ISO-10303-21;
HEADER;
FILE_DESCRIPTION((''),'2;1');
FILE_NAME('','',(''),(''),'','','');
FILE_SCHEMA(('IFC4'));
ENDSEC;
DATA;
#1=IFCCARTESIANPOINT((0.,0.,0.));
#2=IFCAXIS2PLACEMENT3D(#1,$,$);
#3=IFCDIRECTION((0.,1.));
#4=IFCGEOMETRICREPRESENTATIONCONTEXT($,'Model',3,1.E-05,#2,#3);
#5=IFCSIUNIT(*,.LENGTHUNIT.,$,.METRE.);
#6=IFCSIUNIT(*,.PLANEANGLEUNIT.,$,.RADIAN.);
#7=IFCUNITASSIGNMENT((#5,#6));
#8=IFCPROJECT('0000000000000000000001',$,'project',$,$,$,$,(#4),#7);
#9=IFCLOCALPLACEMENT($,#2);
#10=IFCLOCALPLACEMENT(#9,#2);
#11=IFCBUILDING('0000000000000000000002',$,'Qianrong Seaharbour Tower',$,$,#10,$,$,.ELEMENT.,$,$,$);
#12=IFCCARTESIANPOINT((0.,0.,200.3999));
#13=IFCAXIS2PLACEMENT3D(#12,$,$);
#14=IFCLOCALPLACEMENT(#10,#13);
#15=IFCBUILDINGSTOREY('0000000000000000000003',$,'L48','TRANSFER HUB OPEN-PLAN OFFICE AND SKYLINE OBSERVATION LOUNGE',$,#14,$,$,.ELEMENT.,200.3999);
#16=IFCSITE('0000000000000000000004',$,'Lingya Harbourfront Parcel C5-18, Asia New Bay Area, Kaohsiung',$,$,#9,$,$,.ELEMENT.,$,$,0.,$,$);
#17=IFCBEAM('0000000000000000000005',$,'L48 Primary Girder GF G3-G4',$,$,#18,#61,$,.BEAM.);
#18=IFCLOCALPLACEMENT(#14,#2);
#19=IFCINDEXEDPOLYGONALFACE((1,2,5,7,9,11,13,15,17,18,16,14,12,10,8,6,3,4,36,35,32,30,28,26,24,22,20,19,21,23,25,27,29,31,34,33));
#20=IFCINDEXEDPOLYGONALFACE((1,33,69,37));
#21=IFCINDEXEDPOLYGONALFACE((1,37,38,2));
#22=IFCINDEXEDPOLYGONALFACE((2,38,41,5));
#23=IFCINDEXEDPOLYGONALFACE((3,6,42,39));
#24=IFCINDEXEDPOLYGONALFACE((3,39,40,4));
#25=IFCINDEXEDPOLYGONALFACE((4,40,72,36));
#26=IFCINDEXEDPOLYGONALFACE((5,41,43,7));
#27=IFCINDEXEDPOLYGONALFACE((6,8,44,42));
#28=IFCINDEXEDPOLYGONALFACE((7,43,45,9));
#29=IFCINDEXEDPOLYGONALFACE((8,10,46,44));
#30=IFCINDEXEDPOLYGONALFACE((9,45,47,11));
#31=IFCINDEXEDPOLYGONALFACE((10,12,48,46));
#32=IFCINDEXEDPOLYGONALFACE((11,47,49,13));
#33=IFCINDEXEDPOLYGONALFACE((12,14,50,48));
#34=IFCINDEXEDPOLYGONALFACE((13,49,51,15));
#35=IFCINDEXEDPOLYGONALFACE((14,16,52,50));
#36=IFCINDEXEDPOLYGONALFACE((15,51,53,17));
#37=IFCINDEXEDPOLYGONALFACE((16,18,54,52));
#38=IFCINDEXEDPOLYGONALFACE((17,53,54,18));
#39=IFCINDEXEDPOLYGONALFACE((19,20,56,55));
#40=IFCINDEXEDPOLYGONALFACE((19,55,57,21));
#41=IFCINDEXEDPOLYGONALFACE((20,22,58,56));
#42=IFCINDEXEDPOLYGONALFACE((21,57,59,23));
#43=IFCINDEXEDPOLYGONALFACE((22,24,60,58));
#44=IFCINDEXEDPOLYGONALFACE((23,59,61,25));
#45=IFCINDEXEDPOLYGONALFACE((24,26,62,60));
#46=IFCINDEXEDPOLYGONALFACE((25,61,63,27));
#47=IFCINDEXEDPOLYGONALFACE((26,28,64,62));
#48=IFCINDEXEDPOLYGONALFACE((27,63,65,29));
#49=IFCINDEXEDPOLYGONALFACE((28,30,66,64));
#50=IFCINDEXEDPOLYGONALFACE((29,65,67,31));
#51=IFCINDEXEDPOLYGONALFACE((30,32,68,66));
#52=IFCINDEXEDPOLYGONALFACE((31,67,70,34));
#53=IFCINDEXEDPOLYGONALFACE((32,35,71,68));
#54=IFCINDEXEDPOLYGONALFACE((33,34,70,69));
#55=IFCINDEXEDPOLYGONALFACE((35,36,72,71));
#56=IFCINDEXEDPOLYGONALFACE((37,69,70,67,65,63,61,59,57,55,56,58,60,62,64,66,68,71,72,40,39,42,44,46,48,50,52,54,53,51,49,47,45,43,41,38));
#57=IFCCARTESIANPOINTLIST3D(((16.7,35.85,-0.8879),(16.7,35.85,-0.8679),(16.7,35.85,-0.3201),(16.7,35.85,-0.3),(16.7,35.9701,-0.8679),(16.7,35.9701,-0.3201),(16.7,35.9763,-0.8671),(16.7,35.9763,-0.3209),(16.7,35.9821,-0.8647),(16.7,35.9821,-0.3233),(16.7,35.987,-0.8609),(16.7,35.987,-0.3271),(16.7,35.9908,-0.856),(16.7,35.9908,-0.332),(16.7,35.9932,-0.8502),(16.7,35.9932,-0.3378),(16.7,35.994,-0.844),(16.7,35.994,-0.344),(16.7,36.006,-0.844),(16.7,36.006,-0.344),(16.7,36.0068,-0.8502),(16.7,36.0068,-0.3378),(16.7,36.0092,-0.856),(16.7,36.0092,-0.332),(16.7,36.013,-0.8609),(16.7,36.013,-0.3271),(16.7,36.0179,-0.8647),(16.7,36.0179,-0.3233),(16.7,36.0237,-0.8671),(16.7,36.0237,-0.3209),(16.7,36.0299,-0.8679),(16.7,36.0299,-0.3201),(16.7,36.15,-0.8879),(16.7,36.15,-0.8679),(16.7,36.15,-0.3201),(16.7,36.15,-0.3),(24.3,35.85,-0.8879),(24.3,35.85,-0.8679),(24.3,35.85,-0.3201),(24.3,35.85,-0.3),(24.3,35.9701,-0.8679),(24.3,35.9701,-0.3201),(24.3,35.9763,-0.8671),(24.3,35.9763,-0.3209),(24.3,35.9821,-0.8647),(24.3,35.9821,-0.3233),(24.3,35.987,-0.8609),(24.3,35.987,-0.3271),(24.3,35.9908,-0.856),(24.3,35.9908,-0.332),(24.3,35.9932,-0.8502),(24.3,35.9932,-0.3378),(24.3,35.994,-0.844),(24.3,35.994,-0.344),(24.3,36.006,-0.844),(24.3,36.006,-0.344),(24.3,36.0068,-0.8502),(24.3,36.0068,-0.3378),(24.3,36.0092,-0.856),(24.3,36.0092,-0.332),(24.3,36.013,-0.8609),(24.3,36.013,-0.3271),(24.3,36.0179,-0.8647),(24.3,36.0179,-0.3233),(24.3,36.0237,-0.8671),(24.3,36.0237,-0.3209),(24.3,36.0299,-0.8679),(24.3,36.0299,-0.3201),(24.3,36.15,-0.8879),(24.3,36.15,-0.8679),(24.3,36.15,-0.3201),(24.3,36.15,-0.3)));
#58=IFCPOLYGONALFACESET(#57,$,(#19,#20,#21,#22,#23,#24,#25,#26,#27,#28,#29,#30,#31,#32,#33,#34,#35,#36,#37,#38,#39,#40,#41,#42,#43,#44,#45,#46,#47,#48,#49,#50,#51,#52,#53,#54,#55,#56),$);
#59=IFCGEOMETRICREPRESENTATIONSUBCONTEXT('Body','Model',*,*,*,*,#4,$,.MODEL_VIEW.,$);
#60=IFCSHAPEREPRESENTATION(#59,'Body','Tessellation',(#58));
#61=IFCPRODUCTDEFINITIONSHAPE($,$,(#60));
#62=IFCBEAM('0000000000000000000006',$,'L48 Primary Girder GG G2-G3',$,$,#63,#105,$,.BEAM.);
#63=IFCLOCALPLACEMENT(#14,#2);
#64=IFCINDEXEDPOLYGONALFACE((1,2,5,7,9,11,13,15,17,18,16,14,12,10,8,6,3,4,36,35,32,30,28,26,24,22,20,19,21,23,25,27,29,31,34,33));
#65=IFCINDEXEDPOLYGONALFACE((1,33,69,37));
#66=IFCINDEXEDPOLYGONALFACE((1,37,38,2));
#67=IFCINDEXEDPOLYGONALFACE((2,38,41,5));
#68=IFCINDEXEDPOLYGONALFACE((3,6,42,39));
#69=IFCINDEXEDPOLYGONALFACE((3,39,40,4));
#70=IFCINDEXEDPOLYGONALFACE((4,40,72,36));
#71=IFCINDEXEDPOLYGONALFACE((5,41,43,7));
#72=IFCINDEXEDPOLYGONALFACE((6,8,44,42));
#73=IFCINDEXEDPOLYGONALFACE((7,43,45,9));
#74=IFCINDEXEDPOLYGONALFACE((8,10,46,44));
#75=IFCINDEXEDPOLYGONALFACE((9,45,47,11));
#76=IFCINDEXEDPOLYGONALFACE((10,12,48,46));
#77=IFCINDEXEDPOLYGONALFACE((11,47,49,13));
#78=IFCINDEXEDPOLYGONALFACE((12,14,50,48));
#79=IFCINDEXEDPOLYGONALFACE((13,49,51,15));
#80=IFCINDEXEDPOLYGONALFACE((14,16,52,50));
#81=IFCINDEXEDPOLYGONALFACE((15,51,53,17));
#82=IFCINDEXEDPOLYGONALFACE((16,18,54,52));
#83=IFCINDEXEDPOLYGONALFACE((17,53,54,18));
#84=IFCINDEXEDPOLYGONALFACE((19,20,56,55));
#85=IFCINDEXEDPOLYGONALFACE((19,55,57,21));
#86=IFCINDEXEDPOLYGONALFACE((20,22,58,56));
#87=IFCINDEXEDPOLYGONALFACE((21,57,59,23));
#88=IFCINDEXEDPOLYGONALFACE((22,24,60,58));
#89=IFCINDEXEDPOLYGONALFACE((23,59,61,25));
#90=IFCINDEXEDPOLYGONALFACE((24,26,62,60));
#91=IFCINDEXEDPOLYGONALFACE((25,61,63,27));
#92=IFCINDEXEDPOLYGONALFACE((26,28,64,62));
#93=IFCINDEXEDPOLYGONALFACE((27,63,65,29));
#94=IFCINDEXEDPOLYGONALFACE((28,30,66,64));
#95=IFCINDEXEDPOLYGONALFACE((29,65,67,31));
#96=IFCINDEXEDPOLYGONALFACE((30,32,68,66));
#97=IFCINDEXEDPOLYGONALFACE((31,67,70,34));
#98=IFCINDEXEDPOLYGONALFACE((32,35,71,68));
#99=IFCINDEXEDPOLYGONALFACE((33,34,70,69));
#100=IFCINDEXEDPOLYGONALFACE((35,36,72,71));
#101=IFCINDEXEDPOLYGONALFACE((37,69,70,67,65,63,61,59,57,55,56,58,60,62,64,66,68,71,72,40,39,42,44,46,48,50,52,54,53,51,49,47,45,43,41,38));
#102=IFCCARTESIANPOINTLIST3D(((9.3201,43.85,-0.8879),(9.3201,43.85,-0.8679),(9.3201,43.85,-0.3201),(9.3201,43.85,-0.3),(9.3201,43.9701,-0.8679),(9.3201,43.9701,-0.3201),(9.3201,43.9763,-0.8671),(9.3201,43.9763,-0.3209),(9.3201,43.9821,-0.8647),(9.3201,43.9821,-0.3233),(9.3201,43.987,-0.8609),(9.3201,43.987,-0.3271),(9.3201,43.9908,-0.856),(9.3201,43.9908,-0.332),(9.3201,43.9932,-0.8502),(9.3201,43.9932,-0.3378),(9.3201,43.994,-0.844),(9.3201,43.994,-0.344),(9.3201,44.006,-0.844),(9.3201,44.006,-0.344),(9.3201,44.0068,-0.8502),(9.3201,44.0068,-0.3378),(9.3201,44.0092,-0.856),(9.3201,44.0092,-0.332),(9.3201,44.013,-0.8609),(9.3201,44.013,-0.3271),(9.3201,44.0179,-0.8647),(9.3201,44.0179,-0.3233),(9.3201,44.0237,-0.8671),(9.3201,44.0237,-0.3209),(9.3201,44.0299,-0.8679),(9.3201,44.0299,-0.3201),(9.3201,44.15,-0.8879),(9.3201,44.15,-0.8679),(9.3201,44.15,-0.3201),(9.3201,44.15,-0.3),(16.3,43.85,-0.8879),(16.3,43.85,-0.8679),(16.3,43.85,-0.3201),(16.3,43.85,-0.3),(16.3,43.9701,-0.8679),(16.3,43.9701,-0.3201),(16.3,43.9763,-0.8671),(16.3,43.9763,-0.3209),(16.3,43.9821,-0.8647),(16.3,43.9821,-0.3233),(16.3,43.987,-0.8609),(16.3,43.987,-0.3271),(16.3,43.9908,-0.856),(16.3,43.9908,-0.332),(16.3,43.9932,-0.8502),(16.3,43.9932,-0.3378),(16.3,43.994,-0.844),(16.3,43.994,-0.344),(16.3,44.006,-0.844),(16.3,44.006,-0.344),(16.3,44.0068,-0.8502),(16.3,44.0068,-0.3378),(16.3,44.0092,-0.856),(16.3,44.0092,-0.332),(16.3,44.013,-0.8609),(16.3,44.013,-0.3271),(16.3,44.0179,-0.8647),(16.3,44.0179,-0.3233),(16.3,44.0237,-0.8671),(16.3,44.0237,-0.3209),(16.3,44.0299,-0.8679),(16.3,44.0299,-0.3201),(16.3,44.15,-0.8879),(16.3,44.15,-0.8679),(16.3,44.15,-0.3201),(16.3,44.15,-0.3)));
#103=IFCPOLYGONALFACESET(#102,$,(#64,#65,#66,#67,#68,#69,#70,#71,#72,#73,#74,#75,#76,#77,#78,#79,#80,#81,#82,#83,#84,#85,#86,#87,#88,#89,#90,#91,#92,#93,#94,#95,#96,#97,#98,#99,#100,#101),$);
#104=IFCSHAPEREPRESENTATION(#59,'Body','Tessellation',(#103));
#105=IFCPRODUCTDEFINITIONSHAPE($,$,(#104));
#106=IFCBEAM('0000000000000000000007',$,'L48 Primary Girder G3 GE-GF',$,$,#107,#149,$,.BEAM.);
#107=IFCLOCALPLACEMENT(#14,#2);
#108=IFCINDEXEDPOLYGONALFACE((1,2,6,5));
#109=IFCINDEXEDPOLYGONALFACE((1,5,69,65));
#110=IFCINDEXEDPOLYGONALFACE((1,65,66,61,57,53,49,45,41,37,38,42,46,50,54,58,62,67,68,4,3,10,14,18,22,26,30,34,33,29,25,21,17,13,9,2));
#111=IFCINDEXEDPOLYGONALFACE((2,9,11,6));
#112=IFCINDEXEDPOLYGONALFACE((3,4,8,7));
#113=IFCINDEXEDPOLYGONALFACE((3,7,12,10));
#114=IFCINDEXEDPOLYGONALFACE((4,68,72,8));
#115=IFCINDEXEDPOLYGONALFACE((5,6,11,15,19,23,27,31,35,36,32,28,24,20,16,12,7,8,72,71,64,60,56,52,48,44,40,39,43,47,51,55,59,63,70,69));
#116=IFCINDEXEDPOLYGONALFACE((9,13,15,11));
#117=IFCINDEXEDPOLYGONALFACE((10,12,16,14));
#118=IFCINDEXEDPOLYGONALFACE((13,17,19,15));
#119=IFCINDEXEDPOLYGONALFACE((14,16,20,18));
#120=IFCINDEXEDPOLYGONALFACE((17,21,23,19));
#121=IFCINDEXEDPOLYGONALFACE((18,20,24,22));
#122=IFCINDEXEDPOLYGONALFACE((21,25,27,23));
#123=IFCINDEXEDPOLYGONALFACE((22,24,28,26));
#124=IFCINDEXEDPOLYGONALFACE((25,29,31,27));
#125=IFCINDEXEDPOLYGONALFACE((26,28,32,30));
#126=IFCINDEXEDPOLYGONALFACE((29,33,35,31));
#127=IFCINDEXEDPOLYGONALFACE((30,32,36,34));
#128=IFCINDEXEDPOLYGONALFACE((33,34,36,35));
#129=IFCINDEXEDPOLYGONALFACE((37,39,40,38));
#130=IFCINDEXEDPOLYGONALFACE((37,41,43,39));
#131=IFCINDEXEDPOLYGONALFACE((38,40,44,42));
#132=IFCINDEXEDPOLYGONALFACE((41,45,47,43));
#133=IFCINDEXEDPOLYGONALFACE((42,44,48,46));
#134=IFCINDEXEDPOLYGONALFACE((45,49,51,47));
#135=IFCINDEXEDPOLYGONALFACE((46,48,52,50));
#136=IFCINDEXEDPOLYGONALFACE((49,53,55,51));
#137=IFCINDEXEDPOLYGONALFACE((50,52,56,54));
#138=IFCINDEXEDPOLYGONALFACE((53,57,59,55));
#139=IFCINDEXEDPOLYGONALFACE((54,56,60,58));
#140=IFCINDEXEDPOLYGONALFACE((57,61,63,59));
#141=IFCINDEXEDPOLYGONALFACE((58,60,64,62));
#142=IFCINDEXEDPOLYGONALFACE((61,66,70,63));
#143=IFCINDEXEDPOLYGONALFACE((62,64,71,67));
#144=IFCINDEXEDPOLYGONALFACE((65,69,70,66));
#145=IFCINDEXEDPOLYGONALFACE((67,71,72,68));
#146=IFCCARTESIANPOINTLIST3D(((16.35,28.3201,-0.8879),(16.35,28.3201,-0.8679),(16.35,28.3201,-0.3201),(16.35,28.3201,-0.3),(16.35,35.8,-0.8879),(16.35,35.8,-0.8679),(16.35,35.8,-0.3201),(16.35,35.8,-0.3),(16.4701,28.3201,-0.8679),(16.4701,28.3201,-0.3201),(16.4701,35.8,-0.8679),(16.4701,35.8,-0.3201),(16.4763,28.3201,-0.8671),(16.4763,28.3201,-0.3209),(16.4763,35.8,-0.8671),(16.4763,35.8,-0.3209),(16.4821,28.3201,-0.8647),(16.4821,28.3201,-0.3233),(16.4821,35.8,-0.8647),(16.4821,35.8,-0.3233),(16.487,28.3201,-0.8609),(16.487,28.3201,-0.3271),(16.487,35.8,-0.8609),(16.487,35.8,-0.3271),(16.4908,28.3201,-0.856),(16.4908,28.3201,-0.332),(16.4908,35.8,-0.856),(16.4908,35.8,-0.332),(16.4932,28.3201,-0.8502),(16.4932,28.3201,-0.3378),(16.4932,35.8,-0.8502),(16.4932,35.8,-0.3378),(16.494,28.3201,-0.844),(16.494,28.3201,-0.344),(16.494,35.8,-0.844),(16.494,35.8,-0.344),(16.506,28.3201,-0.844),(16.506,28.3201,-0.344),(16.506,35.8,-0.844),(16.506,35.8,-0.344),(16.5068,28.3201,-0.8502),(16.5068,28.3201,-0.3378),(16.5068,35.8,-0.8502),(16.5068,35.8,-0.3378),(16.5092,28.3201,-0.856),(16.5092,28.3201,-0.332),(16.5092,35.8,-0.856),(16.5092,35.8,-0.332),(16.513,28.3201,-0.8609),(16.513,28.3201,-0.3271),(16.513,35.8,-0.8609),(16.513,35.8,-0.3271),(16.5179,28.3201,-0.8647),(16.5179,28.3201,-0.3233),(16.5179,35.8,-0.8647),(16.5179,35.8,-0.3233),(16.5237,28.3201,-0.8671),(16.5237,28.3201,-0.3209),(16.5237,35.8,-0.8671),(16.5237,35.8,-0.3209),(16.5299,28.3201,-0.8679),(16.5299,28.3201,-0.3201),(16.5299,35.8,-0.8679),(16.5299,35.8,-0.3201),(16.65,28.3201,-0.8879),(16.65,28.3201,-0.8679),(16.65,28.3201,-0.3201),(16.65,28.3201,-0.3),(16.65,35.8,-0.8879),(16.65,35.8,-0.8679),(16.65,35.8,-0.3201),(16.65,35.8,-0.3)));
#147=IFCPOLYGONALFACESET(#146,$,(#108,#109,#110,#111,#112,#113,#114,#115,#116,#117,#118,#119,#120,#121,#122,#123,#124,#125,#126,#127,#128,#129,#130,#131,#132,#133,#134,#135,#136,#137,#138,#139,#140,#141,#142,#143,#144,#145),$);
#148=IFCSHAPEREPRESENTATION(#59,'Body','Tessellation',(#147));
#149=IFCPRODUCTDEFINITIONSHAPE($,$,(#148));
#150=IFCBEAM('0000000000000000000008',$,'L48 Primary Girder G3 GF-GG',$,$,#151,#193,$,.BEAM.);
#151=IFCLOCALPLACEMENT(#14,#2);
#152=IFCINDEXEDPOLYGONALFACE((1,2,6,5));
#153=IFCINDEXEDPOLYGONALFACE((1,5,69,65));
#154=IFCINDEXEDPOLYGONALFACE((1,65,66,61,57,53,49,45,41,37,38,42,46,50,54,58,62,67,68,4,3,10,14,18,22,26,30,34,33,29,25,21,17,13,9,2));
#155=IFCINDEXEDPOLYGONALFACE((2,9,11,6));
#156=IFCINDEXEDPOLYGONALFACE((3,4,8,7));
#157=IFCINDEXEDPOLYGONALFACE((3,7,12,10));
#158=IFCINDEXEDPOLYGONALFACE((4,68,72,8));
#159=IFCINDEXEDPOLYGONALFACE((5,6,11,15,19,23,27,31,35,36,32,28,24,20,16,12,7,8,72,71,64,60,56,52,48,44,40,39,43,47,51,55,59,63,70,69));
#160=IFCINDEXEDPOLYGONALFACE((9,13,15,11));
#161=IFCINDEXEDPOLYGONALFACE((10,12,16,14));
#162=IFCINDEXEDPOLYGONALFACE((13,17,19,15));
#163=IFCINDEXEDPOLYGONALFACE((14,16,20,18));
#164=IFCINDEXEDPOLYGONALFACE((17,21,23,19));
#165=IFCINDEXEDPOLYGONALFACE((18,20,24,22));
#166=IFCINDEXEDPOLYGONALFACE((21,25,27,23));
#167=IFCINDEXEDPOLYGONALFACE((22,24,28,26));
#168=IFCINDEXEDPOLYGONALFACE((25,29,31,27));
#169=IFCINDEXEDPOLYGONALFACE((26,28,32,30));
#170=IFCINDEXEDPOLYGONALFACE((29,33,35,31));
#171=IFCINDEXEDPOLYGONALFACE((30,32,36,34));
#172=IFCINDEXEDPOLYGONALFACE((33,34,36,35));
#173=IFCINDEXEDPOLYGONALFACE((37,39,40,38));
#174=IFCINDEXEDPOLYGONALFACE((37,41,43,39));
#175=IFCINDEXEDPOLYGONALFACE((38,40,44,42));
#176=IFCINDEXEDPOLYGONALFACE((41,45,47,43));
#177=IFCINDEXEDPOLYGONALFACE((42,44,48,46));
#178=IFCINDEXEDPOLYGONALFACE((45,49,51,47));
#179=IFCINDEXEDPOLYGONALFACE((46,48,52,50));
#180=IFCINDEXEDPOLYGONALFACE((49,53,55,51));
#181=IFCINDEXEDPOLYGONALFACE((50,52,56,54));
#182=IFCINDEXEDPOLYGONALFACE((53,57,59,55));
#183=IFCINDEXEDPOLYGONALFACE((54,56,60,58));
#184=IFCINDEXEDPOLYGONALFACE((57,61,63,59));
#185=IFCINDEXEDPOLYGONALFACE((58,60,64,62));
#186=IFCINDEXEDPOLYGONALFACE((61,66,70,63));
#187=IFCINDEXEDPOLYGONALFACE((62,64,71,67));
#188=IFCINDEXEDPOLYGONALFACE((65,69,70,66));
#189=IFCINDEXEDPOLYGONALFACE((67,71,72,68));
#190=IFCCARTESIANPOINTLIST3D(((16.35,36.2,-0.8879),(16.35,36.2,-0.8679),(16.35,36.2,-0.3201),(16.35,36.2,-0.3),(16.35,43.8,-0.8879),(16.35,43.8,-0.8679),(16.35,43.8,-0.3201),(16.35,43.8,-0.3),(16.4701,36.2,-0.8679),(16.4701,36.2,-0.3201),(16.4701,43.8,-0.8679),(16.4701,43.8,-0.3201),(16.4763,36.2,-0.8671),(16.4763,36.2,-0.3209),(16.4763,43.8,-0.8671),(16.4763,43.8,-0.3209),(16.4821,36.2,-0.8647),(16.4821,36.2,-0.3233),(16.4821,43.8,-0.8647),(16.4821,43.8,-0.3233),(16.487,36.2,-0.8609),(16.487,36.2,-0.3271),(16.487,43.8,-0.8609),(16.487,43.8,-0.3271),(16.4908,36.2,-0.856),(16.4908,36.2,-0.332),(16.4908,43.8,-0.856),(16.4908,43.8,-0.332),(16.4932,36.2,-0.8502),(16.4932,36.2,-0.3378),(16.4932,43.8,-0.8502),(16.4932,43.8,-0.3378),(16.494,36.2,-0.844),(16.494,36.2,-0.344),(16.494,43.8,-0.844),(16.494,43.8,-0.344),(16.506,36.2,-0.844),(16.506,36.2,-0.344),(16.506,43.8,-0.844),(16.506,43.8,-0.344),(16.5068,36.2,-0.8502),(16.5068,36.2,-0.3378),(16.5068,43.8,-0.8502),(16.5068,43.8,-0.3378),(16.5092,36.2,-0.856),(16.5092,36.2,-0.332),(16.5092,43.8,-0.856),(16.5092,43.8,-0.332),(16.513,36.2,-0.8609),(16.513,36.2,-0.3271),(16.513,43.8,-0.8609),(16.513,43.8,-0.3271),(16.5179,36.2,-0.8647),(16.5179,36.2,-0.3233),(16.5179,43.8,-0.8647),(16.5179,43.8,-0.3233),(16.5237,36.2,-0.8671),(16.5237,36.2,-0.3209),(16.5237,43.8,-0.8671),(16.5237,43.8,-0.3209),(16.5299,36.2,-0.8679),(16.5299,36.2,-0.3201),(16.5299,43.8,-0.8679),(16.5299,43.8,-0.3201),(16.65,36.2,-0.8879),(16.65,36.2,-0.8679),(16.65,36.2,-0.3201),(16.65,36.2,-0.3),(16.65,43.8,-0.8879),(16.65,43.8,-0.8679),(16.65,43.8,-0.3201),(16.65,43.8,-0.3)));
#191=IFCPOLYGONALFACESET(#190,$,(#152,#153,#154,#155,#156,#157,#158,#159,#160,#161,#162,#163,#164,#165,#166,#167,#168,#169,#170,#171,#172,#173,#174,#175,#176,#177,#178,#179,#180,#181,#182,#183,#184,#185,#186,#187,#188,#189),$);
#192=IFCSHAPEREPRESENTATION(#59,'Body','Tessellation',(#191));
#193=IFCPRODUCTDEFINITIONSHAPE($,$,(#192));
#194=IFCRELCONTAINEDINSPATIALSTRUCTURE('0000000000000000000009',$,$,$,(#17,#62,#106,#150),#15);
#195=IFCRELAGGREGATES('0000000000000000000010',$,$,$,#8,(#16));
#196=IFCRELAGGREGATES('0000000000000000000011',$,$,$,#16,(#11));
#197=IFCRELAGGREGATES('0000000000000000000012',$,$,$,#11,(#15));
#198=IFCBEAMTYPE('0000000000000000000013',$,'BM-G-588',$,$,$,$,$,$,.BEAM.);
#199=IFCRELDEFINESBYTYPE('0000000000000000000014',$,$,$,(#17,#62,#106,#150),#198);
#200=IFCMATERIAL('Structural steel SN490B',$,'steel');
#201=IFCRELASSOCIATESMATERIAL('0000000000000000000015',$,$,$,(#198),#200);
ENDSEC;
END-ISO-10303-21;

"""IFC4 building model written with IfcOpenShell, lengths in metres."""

from ifc_helpers import new_model, si_unit, direction, frame, origin, origin_2d, place, context, subcontext, project, spatial, i_section, extrude, material, material_profile, profile_set, type_object, element, save


model = new_model("IFC4")

# Units and contexts
model_context = context("Model", 3, precision=1e-05, world=origin(), true_north=direction((0.0, 1.0)))
body_context = subcontext(model_context, "Body", "Model", "MODEL_VIEW")
ifc_project = project(units=[si_unit("LENGTHUNIT", "METRE"), si_unit("PLANEANGLEUNIT", "RADIAN")], contexts=[model_context])

# Site, building, storey
site_placement = place(None, origin())
site = spatial("IfcSite", under=ifc_project, at=site_placement, Name="Lingya Harbourfront Parcel C5-18, Asia New Bay Area, Kaohsiung", CompositionType="ELEMENT", RefElevation=0.0)
building_placement = place(site_placement, origin())
building = spatial("IfcBuilding", under=site, at=building_placement, Name="Qianrong Seaharbour Tower", CompositionType="ELEMENT")
storey_placement = place(building_placement, frame((0.0, 0.0, 200.3999)))
storey = spatial("IfcBuildingStorey", under=building, at=storey_placement, Name="L48", Description="TRANSFER HUB OPEN-PLAN OFFICE AND SKYLINE OBSERVATION LOUNGE", CompositionType="ELEMENT", Elevation=200.3999)

# Shared definitions
ifc_material_1 = material(Name="Structural steel SN490B", Category="steel")

# Beams
ifc_material_profile_1 = material_profile(ifc_material_1, i_section(OverallWidth=0.3, OverallDepth=0.5879, WebThickness=0.012, FlangeThickness=0.02, FilletRadius=0.0239, at=origin_2d()), Name="H588x300x12x20")
ifc_profile_set_1 = profile_set([ifc_material_profile_1], Name="Structural steel SN490B")
beam_type_1 = type_object("IfcBeamType", Name="BM-G-588", PredefinedType="BEAM", material=ifc_profile_set_1)
beam_1_placement = place(storey_placement, frame((16.7, 36.0, -0.594), z_axis=(1.0, 0.0, 0.0), x_axis=(0.0, 1.0, 0.0)))
element("IfcBeam", 1, at=beam_1_placement, inside=storey, type_object=beam_type_1, Name="L48 Primary Girder GF G3-G4", PredefinedType="BEAM", context=body_context, shape_type="SweptSolid", body=[
    extrude(i_section(OverallWidth=0.3, OverallDepth=0.5879, WebThickness=0.012, FlangeThickness=0.02, FilletRadius=0.0239, at=origin_2d()), origin(), (0.0, 0.0, 1.0), 7.6001),
])
beam_2_placement = place(storey_placement, frame((9.3201, 44.0, -0.594), z_axis=(1.0, 0.0, 0.0), x_axis=(0.0, 1.0, 0.0)))
element("IfcBeam", 2, at=beam_2_placement, inside=storey, type_object=beam_type_1, Name="L48 Primary Girder GG G2-G3", PredefinedType="BEAM", context=body_context, shape_type="SweptSolid", body=[
    extrude(i_section(OverallWidth=0.3, OverallDepth=0.5879, WebThickness=0.012, FlangeThickness=0.02, FilletRadius=0.0239, at=origin_2d()), origin(), (0.0, 0.0, 1.0), 6.98),
])
beam_3_placement = place(storey_placement, frame((16.5, 28.3201, -0.594), z_axis=(0.0, 1.0, 0.0), x_axis=(-1.0, 0.0, 0.0)))
element("IfcBeam", 3, at=beam_3_placement, inside=storey, type_object=beam_type_1, Name="L48 Primary Girder G3 GE-GF", PredefinedType="BEAM", context=body_context, shape_type="SweptSolid", body=[
    extrude(i_section(OverallWidth=0.3, OverallDepth=0.5879, WebThickness=0.012, FlangeThickness=0.02, FilletRadius=0.0239, at=origin_2d()), origin(), (0.0, 0.0, 1.0), 7.48),
])
beam_4_placement = place(storey_placement, frame((16.5, 36.2, -0.594), z_axis=(0.0, 1.0, 0.0), x_axis=(-1.0, 0.0, 0.0)))
element("IfcBeam", 4, at=beam_4_placement, inside=storey, type_object=beam_type_1, Name="L48 Primary Girder G3 GF-GG", PredefinedType="BEAM", context=body_context, shape_type="SweptSolid", body=[
    extrude(i_section(OverallWidth=0.3, OverallDepth=0.5879, WebThickness=0.012, FlangeThickness=0.02, FilletRadius=0.0239, at=origin_2d()), origin(), (0.0, 0.0, 1.0), 7.6001),
])

save(model, "model.ifc")
